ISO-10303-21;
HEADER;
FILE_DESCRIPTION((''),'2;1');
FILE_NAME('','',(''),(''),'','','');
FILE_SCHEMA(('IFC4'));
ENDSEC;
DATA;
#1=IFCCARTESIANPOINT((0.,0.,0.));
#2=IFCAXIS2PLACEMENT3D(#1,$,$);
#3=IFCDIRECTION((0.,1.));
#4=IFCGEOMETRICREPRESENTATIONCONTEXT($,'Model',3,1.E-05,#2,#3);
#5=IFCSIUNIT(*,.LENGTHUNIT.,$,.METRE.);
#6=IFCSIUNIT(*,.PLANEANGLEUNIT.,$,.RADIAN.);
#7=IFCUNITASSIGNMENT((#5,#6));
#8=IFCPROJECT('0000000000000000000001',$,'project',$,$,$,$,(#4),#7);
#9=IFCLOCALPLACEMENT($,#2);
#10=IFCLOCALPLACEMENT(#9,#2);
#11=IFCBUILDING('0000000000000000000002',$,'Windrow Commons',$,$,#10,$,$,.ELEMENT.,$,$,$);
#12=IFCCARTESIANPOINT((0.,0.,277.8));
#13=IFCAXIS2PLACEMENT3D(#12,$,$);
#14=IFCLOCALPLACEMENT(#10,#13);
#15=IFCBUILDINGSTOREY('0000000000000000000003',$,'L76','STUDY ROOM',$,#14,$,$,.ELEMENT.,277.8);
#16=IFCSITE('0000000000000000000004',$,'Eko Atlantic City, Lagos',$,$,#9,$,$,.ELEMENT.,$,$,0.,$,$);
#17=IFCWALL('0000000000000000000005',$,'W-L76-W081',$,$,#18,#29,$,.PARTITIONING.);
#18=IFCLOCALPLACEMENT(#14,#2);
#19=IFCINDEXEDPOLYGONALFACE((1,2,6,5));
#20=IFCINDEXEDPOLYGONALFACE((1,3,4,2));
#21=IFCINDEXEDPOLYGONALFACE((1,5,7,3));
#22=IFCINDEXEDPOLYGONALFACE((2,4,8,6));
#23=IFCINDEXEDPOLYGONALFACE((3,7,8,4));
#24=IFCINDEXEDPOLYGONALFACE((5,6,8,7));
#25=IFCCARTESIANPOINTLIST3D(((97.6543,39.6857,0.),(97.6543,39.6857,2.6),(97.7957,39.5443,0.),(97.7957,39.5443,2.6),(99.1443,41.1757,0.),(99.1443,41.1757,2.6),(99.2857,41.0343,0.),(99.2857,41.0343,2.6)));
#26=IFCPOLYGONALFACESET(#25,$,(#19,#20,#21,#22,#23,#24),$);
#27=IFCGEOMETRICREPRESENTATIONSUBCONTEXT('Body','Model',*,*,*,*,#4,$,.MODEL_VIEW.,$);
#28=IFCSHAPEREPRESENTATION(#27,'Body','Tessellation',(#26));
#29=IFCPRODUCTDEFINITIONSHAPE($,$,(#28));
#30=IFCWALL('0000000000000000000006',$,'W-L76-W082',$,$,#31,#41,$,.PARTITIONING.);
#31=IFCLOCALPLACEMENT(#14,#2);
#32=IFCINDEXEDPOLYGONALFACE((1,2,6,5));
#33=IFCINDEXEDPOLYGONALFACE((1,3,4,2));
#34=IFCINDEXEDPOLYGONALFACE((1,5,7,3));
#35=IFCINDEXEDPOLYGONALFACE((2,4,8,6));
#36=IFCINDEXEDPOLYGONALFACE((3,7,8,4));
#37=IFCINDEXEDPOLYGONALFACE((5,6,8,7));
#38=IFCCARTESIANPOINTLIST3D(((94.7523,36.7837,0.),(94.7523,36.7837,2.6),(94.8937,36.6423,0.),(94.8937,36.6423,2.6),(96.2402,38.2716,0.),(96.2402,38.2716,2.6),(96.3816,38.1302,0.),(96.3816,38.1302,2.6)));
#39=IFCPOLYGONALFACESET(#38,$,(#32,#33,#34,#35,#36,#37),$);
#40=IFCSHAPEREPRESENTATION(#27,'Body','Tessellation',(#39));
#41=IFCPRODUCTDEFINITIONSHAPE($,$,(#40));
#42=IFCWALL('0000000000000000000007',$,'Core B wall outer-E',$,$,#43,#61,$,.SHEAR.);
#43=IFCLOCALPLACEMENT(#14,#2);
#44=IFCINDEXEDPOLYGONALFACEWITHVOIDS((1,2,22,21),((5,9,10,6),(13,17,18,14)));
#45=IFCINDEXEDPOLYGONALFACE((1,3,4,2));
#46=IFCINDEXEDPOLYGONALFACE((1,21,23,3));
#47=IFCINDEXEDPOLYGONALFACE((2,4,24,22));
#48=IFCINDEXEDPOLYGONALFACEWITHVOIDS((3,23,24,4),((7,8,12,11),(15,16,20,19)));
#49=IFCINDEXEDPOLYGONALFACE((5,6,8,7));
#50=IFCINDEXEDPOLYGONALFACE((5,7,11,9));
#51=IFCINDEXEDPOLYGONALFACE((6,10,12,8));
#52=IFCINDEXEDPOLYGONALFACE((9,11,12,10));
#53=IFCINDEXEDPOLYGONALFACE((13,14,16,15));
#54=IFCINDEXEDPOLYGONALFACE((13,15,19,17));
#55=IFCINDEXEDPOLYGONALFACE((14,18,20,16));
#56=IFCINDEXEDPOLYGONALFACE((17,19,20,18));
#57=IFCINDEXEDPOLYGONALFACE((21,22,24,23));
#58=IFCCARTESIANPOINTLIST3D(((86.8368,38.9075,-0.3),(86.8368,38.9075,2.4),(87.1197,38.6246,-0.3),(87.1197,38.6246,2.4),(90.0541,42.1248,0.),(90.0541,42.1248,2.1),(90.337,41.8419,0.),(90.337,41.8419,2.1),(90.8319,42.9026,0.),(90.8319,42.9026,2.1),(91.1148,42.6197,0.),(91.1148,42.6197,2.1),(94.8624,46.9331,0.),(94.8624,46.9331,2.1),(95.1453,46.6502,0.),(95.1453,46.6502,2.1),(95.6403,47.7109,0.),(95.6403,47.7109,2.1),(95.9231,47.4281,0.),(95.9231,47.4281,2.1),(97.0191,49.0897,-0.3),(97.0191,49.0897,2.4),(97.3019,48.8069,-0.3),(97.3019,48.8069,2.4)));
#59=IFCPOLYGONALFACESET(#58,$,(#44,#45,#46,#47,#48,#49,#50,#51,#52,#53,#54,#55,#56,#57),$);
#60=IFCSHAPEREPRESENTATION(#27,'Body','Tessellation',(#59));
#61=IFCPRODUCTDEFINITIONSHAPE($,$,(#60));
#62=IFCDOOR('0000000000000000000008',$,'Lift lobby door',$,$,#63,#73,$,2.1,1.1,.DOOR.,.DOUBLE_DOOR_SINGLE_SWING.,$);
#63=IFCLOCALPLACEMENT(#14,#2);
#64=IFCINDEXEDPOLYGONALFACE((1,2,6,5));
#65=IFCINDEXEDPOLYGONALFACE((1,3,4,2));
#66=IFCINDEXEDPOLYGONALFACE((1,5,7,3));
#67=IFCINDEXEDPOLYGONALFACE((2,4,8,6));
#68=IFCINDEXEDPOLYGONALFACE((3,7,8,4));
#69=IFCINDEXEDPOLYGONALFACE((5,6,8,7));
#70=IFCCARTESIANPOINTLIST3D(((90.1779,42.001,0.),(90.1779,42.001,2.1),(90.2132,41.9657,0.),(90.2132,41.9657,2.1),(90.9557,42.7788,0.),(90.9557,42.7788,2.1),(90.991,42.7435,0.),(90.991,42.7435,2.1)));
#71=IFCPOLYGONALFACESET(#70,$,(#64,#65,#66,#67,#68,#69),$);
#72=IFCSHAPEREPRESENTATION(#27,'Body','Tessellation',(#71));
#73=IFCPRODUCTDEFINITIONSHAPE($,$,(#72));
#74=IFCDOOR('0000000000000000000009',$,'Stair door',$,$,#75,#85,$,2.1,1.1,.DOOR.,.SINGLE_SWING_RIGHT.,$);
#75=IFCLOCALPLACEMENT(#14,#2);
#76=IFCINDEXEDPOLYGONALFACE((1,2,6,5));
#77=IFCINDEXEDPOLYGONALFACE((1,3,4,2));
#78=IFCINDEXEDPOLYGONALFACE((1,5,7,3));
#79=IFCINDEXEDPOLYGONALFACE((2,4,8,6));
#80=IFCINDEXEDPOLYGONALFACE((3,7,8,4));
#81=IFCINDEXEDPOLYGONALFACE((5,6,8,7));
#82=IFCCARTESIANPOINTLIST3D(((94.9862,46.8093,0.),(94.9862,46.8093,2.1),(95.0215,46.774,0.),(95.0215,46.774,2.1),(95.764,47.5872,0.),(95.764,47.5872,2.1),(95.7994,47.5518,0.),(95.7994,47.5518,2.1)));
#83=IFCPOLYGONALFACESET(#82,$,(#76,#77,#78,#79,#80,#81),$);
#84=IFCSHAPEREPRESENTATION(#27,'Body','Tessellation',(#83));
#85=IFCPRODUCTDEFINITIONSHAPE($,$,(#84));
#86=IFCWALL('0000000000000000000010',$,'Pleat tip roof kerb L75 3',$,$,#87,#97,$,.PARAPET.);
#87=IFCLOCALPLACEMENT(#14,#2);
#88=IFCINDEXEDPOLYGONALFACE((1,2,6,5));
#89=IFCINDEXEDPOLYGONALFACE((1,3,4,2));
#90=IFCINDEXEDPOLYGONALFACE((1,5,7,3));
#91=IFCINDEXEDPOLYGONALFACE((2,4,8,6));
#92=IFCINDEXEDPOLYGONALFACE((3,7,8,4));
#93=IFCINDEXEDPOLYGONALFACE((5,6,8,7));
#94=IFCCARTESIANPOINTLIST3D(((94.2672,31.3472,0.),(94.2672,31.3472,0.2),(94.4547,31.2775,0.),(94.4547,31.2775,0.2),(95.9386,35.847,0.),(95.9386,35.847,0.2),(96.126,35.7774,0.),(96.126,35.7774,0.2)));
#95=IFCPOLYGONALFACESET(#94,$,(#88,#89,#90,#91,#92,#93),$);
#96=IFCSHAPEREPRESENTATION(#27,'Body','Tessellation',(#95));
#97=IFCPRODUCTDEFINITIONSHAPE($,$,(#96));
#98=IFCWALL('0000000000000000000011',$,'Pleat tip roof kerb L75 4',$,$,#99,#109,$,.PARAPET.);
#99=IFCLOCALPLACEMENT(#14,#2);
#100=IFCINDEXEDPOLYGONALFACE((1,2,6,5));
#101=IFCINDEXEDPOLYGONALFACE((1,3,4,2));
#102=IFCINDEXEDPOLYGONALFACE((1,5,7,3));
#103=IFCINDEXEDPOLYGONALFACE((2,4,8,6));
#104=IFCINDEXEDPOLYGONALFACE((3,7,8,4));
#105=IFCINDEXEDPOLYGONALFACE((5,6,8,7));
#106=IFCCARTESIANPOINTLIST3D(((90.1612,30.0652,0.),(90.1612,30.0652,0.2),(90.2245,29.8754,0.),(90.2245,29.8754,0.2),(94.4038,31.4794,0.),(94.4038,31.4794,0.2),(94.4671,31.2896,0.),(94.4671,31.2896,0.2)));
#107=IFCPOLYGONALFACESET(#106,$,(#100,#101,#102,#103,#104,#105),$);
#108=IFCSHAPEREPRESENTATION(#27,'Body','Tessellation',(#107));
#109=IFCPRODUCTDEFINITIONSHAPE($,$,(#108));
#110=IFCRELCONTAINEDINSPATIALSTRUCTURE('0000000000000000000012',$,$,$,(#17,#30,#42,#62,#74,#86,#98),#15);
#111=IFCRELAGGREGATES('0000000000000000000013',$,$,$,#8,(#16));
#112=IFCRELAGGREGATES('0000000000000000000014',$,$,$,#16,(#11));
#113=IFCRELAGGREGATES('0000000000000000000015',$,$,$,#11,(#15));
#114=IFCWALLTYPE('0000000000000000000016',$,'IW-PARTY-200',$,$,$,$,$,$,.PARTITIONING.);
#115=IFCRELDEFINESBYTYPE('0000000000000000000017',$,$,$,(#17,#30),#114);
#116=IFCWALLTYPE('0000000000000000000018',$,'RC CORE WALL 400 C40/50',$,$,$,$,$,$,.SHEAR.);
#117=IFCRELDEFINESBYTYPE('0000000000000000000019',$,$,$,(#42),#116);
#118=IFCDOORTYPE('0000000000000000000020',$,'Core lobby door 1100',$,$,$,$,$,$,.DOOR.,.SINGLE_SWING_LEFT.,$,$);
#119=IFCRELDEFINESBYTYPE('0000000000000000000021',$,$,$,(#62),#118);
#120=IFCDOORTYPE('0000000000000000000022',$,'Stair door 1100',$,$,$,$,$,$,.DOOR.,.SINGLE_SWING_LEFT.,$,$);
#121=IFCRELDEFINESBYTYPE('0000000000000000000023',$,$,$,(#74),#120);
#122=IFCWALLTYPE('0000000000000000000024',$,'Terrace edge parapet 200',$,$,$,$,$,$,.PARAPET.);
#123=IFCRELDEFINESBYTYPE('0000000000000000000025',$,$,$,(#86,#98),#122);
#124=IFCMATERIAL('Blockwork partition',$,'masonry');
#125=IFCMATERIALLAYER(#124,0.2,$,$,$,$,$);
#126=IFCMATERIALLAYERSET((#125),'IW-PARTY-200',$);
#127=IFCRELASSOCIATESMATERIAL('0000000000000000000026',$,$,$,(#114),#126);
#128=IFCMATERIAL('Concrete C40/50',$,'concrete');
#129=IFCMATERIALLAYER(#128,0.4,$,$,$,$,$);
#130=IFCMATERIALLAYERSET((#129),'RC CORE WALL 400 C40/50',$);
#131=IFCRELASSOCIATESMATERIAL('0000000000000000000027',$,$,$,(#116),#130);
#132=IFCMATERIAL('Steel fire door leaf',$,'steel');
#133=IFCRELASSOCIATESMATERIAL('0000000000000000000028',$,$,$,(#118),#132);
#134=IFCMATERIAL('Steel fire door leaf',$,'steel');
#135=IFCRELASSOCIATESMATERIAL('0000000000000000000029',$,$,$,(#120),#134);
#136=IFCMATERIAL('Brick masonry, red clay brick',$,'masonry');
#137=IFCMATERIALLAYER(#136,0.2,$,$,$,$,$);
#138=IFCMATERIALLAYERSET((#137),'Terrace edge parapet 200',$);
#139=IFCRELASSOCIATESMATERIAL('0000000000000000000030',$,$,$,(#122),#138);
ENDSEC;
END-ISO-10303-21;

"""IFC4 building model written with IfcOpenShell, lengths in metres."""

from ifc_helpers import new_model, si_unit, direction, frame, frame_2d, origin, place, context, subcontext, project, spatial, rectangle, extrude, material, layer, layer_set, type_object, element, fill, save


model = new_model("IFC4")

# Units and contexts
model_context = context("Model", 3, precision=1e-05, world=origin(), true_north=direction((0.0, 1.0)))
body_context = subcontext(model_context, "Body", "Model", "MODEL_VIEW")
ifc_project = project(units=[si_unit("LENGTHUNIT", "METRE"), si_unit("PLANEANGLEUNIT", "RADIAN")], contexts=[model_context])

# Site, building, storey
site_placement = place(None, origin())
site = spatial("IfcSite", under=ifc_project, at=site_placement, Name="Eko Atlantic City, Lagos", CompositionType="ELEMENT", RefElevation=0.0)
building_placement = place(site_placement, origin())
building = spatial("IfcBuilding", under=site, at=building_placement, Name="Windrow Commons", CompositionType="ELEMENT")
storey_placement = place(building_placement, frame((0.0, 0.0, 277.8)))
storey = spatial("IfcBuildingStorey", under=building, at=storey_placement, Name="L76", Description="STUDY ROOM", CompositionType="ELEMENT", Elevation=277.8)

# Walls
ifc_material_1 = material(Name="Blockwork partition", Category="masonry")
ifc_layer_1 = layer(ifc_material_1, 0.2)
ifc_layer_set_1 = layer_set([ifc_layer_1], Name="IW-PARTY-200")
wall_type_1 = type_object("IfcWallType", Name="IW-PARTY-200", PredefinedType="PARTITIONING", material=ifc_layer_set_1)
wall_1_placement = place(storey_placement, frame((97.725, 39.615, 0.0), z_axis=(0.0, 0.0, 1.0), x_axis=(0.707107, 0.707107, 0.0)))
element("IfcWall", 1, at=wall_1_placement, inside=storey, type_object=wall_type_1, Name="W-L76-W081", PredefinedType="PARTITIONING", context=body_context, shape_type="SweptSolid", body=[
    extrude(rectangle(XDim=2.1072, YDim=0.2, at=frame_2d((1.0536, 0.0))), origin(), (0.0, 0.0, 1.0), 2.6),
])
wall_2_placement = place(storey_placement, frame((94.823, 36.713, 0.0), z_axis=(0.0, 0.0, 1.0), x_axis=(0.707107, 0.707107, 0.0)))
element("IfcWall", 2, at=wall_2_placement, inside=storey, type_object=wall_type_1, Name="W-L76-W082", PredefinedType="PARTITIONING", context=body_context, shape_type="SweptSolid", body=[
    extrude(rectangle(XDim=2.1043, YDim=0.2, at=frame_2d((1.0521, 0.0))), origin(), (0.0, 0.0, 1.0), 2.6),
])

# Wall, openings, doors
ifc_material_2 = material(Name="Concrete C40/50", Category="concrete")
ifc_layer_2 = layer(ifc_material_2, 0.4)
ifc_layer_set_2 = layer_set([ifc_layer_2], Name="RC CORE WALL 400 C40/50")
wall_type_2 = type_object("IfcWallType", Name="RC CORE WALL 400 C40/50", PredefinedType="SHEAR", material=ifc_layer_set_2)
wall_3_placement = place(storey_placement, frame((86.9782, 38.766, -0.3), z_axis=(0.0, 0.0, 1.0), x_axis=(0.707107, 0.707107, 0.0)))
wall_3 = element("IfcWall", 3, at=wall_3_placement, inside=storey, type_object=wall_type_2, Name="Core B wall outer-E", PredefinedType="SHEAR", context=body_context, shape_type="SweptSolid", body=[
    extrude(rectangle(XDim=14.3999, YDim=0.4, at=frame_2d((7.2, 0.0))), origin(), (0.0, 0.0, 1.0), 2.7),
])
opening_1_placement = place(wall_3_placement, frame((4.55, 0.0, 0.3)))
opening_1 = element("IfcOpeningElement", 4, at=opening_1_placement, cuts=wall_3, PredefinedType="OPENING", context=body_context, shape_type="SweptSolid", body=[
    extrude(rectangle(XDim=1.1, YDim=2.1, at=frame_2d((0.55, 1.05))), frame((0.0, 0.21, 0.0), z_axis=(0.0, -1.0, 0.0), x_axis=(1.0, 0.0, 0.0)), (0.0, 0.0, 1.0), 0.42),
])
opening_2_placement = place(wall_3_placement, frame((11.35, 0.0, 0.3)))
opening_2 = element("IfcOpeningElement", 5, at=opening_2_placement, cuts=wall_3, PredefinedType="OPENING", context=body_context, shape_type="SweptSolid", body=[
    extrude(rectangle(XDim=1.1, YDim=2.1, at=frame_2d((0.55, 1.05))), frame((0.0, 0.21, 0.0), z_axis=(0.0, -1.0, 0.0), x_axis=(1.0, 0.0, 0.0)), (0.0, 0.0, 1.0), 0.42),
])
ifc_material_3 = material(Name="Steel fire door leaf", Category="steel")
door_type_1 = type_object("IfcDoorType", Name="Core lobby door 1100", OperationType="SINGLE_SWING_LEFT", PredefinedType="DOOR", material=ifc_material_3)
door_1_placement = place(opening_1_placement, origin())
door_1 = element("IfcDoor", 6, at=door_1_placement, inside=storey, type_object=door_type_1, Name="Lift lobby door", OperationType="DOUBLE_DOOR_SINGLE_SWING", OverallHeight=2.1, OverallWidth=1.1, PredefinedType="DOOR", context=body_context, shape_type="SweptSolid", body=[
    extrude(rectangle(XDim=1.1, YDim=2.1, at=frame_2d((0.55, 1.05))), frame((0.0, 0.025, 0.0), z_axis=(0.0, -1.0, 0.0), x_axis=(1.0, 0.0, 0.0)), (0.0, 0.0, 1.0), 0.05),
])
fill(opening_1, door_1)
ifc_material_4 = material(Name="Steel fire door leaf", Category="steel")
door_type_2 = type_object("IfcDoorType", Name="Stair door 1100", OperationType="SINGLE_SWING_LEFT", PredefinedType="DOOR", material=ifc_material_4)
door_2_placement = place(opening_2_placement, origin())
door_2 = element("IfcDoor", 7, at=door_2_placement, inside=storey, type_object=door_type_2, Name="Stair door", OperationType="SINGLE_SWING_RIGHT", OverallHeight=2.1, OverallWidth=1.1, PredefinedType="DOOR", context=body_context, shape_type="SweptSolid", body=[
    extrude(rectangle(XDim=1.1, YDim=2.1, at=frame_2d((0.55, 1.05))), frame((0.0, 0.025, 0.0), z_axis=(0.0, -1.0, 0.0), x_axis=(1.0, 0.0, 0.0)), (0.0, 0.0, 1.0), 0.05),
])
fill(opening_2, door_2)

# Walls
ifc_material_5 = material(Name="Brick masonry, red clay brick", Category="masonry")
ifc_layer_3 = layer(ifc_material_5, 0.2)
ifc_layer_set_3 = layer_set([ifc_layer_3], Name="Terrace edge parapet 200")
wall_type_3 = type_object("IfcWallType", Name="Terrace edge parapet 200", PredefinedType="PARAPET", material=ifc_layer_set_3)
wall_4_placement = place(storey_placement, frame((96.0323, 35.8122, 0.0), z_axis=(0.0, 0.0, 1.0), x_axis=(-0.348177, -0.937429, 0.0)))
element("IfcWall", 8, at=wall_4_placement, inside=storey, type_object=wall_type_3, Name="Pleat tip roof kerb L75 3", PredefinedType="PARAPET", context=body_context, shape_type="SweptSolid", body=[
    extrude(rectangle(XDim=4.8002, YDim=0.2, at=frame_2d((2.4001, 0.0))), origin(), (0.0, 0.0, 1.0), 0.2),
])
wall_5_placement = place(storey_placement, frame((94.4355, 31.3845, 0.0), z_axis=(0.0, 0.0, 1.0), x_axis=(-0.948683, -0.316228, 0.0)))
element("IfcWall", 9, at=wall_5_placement, inside=storey, type_object=wall_type_3, Name="Pleat tip roof kerb L75 4", PredefinedType="PARAPET", context=body_context, shape_type="SweptSolid", body=[
    extrude(rectangle(XDim=4.4721, YDim=0.2, at=frame_2d((2.2361, 0.0))), origin(), (0.0, 0.0, 1.0), 0.2),
])

save(model, "model.ifc")
